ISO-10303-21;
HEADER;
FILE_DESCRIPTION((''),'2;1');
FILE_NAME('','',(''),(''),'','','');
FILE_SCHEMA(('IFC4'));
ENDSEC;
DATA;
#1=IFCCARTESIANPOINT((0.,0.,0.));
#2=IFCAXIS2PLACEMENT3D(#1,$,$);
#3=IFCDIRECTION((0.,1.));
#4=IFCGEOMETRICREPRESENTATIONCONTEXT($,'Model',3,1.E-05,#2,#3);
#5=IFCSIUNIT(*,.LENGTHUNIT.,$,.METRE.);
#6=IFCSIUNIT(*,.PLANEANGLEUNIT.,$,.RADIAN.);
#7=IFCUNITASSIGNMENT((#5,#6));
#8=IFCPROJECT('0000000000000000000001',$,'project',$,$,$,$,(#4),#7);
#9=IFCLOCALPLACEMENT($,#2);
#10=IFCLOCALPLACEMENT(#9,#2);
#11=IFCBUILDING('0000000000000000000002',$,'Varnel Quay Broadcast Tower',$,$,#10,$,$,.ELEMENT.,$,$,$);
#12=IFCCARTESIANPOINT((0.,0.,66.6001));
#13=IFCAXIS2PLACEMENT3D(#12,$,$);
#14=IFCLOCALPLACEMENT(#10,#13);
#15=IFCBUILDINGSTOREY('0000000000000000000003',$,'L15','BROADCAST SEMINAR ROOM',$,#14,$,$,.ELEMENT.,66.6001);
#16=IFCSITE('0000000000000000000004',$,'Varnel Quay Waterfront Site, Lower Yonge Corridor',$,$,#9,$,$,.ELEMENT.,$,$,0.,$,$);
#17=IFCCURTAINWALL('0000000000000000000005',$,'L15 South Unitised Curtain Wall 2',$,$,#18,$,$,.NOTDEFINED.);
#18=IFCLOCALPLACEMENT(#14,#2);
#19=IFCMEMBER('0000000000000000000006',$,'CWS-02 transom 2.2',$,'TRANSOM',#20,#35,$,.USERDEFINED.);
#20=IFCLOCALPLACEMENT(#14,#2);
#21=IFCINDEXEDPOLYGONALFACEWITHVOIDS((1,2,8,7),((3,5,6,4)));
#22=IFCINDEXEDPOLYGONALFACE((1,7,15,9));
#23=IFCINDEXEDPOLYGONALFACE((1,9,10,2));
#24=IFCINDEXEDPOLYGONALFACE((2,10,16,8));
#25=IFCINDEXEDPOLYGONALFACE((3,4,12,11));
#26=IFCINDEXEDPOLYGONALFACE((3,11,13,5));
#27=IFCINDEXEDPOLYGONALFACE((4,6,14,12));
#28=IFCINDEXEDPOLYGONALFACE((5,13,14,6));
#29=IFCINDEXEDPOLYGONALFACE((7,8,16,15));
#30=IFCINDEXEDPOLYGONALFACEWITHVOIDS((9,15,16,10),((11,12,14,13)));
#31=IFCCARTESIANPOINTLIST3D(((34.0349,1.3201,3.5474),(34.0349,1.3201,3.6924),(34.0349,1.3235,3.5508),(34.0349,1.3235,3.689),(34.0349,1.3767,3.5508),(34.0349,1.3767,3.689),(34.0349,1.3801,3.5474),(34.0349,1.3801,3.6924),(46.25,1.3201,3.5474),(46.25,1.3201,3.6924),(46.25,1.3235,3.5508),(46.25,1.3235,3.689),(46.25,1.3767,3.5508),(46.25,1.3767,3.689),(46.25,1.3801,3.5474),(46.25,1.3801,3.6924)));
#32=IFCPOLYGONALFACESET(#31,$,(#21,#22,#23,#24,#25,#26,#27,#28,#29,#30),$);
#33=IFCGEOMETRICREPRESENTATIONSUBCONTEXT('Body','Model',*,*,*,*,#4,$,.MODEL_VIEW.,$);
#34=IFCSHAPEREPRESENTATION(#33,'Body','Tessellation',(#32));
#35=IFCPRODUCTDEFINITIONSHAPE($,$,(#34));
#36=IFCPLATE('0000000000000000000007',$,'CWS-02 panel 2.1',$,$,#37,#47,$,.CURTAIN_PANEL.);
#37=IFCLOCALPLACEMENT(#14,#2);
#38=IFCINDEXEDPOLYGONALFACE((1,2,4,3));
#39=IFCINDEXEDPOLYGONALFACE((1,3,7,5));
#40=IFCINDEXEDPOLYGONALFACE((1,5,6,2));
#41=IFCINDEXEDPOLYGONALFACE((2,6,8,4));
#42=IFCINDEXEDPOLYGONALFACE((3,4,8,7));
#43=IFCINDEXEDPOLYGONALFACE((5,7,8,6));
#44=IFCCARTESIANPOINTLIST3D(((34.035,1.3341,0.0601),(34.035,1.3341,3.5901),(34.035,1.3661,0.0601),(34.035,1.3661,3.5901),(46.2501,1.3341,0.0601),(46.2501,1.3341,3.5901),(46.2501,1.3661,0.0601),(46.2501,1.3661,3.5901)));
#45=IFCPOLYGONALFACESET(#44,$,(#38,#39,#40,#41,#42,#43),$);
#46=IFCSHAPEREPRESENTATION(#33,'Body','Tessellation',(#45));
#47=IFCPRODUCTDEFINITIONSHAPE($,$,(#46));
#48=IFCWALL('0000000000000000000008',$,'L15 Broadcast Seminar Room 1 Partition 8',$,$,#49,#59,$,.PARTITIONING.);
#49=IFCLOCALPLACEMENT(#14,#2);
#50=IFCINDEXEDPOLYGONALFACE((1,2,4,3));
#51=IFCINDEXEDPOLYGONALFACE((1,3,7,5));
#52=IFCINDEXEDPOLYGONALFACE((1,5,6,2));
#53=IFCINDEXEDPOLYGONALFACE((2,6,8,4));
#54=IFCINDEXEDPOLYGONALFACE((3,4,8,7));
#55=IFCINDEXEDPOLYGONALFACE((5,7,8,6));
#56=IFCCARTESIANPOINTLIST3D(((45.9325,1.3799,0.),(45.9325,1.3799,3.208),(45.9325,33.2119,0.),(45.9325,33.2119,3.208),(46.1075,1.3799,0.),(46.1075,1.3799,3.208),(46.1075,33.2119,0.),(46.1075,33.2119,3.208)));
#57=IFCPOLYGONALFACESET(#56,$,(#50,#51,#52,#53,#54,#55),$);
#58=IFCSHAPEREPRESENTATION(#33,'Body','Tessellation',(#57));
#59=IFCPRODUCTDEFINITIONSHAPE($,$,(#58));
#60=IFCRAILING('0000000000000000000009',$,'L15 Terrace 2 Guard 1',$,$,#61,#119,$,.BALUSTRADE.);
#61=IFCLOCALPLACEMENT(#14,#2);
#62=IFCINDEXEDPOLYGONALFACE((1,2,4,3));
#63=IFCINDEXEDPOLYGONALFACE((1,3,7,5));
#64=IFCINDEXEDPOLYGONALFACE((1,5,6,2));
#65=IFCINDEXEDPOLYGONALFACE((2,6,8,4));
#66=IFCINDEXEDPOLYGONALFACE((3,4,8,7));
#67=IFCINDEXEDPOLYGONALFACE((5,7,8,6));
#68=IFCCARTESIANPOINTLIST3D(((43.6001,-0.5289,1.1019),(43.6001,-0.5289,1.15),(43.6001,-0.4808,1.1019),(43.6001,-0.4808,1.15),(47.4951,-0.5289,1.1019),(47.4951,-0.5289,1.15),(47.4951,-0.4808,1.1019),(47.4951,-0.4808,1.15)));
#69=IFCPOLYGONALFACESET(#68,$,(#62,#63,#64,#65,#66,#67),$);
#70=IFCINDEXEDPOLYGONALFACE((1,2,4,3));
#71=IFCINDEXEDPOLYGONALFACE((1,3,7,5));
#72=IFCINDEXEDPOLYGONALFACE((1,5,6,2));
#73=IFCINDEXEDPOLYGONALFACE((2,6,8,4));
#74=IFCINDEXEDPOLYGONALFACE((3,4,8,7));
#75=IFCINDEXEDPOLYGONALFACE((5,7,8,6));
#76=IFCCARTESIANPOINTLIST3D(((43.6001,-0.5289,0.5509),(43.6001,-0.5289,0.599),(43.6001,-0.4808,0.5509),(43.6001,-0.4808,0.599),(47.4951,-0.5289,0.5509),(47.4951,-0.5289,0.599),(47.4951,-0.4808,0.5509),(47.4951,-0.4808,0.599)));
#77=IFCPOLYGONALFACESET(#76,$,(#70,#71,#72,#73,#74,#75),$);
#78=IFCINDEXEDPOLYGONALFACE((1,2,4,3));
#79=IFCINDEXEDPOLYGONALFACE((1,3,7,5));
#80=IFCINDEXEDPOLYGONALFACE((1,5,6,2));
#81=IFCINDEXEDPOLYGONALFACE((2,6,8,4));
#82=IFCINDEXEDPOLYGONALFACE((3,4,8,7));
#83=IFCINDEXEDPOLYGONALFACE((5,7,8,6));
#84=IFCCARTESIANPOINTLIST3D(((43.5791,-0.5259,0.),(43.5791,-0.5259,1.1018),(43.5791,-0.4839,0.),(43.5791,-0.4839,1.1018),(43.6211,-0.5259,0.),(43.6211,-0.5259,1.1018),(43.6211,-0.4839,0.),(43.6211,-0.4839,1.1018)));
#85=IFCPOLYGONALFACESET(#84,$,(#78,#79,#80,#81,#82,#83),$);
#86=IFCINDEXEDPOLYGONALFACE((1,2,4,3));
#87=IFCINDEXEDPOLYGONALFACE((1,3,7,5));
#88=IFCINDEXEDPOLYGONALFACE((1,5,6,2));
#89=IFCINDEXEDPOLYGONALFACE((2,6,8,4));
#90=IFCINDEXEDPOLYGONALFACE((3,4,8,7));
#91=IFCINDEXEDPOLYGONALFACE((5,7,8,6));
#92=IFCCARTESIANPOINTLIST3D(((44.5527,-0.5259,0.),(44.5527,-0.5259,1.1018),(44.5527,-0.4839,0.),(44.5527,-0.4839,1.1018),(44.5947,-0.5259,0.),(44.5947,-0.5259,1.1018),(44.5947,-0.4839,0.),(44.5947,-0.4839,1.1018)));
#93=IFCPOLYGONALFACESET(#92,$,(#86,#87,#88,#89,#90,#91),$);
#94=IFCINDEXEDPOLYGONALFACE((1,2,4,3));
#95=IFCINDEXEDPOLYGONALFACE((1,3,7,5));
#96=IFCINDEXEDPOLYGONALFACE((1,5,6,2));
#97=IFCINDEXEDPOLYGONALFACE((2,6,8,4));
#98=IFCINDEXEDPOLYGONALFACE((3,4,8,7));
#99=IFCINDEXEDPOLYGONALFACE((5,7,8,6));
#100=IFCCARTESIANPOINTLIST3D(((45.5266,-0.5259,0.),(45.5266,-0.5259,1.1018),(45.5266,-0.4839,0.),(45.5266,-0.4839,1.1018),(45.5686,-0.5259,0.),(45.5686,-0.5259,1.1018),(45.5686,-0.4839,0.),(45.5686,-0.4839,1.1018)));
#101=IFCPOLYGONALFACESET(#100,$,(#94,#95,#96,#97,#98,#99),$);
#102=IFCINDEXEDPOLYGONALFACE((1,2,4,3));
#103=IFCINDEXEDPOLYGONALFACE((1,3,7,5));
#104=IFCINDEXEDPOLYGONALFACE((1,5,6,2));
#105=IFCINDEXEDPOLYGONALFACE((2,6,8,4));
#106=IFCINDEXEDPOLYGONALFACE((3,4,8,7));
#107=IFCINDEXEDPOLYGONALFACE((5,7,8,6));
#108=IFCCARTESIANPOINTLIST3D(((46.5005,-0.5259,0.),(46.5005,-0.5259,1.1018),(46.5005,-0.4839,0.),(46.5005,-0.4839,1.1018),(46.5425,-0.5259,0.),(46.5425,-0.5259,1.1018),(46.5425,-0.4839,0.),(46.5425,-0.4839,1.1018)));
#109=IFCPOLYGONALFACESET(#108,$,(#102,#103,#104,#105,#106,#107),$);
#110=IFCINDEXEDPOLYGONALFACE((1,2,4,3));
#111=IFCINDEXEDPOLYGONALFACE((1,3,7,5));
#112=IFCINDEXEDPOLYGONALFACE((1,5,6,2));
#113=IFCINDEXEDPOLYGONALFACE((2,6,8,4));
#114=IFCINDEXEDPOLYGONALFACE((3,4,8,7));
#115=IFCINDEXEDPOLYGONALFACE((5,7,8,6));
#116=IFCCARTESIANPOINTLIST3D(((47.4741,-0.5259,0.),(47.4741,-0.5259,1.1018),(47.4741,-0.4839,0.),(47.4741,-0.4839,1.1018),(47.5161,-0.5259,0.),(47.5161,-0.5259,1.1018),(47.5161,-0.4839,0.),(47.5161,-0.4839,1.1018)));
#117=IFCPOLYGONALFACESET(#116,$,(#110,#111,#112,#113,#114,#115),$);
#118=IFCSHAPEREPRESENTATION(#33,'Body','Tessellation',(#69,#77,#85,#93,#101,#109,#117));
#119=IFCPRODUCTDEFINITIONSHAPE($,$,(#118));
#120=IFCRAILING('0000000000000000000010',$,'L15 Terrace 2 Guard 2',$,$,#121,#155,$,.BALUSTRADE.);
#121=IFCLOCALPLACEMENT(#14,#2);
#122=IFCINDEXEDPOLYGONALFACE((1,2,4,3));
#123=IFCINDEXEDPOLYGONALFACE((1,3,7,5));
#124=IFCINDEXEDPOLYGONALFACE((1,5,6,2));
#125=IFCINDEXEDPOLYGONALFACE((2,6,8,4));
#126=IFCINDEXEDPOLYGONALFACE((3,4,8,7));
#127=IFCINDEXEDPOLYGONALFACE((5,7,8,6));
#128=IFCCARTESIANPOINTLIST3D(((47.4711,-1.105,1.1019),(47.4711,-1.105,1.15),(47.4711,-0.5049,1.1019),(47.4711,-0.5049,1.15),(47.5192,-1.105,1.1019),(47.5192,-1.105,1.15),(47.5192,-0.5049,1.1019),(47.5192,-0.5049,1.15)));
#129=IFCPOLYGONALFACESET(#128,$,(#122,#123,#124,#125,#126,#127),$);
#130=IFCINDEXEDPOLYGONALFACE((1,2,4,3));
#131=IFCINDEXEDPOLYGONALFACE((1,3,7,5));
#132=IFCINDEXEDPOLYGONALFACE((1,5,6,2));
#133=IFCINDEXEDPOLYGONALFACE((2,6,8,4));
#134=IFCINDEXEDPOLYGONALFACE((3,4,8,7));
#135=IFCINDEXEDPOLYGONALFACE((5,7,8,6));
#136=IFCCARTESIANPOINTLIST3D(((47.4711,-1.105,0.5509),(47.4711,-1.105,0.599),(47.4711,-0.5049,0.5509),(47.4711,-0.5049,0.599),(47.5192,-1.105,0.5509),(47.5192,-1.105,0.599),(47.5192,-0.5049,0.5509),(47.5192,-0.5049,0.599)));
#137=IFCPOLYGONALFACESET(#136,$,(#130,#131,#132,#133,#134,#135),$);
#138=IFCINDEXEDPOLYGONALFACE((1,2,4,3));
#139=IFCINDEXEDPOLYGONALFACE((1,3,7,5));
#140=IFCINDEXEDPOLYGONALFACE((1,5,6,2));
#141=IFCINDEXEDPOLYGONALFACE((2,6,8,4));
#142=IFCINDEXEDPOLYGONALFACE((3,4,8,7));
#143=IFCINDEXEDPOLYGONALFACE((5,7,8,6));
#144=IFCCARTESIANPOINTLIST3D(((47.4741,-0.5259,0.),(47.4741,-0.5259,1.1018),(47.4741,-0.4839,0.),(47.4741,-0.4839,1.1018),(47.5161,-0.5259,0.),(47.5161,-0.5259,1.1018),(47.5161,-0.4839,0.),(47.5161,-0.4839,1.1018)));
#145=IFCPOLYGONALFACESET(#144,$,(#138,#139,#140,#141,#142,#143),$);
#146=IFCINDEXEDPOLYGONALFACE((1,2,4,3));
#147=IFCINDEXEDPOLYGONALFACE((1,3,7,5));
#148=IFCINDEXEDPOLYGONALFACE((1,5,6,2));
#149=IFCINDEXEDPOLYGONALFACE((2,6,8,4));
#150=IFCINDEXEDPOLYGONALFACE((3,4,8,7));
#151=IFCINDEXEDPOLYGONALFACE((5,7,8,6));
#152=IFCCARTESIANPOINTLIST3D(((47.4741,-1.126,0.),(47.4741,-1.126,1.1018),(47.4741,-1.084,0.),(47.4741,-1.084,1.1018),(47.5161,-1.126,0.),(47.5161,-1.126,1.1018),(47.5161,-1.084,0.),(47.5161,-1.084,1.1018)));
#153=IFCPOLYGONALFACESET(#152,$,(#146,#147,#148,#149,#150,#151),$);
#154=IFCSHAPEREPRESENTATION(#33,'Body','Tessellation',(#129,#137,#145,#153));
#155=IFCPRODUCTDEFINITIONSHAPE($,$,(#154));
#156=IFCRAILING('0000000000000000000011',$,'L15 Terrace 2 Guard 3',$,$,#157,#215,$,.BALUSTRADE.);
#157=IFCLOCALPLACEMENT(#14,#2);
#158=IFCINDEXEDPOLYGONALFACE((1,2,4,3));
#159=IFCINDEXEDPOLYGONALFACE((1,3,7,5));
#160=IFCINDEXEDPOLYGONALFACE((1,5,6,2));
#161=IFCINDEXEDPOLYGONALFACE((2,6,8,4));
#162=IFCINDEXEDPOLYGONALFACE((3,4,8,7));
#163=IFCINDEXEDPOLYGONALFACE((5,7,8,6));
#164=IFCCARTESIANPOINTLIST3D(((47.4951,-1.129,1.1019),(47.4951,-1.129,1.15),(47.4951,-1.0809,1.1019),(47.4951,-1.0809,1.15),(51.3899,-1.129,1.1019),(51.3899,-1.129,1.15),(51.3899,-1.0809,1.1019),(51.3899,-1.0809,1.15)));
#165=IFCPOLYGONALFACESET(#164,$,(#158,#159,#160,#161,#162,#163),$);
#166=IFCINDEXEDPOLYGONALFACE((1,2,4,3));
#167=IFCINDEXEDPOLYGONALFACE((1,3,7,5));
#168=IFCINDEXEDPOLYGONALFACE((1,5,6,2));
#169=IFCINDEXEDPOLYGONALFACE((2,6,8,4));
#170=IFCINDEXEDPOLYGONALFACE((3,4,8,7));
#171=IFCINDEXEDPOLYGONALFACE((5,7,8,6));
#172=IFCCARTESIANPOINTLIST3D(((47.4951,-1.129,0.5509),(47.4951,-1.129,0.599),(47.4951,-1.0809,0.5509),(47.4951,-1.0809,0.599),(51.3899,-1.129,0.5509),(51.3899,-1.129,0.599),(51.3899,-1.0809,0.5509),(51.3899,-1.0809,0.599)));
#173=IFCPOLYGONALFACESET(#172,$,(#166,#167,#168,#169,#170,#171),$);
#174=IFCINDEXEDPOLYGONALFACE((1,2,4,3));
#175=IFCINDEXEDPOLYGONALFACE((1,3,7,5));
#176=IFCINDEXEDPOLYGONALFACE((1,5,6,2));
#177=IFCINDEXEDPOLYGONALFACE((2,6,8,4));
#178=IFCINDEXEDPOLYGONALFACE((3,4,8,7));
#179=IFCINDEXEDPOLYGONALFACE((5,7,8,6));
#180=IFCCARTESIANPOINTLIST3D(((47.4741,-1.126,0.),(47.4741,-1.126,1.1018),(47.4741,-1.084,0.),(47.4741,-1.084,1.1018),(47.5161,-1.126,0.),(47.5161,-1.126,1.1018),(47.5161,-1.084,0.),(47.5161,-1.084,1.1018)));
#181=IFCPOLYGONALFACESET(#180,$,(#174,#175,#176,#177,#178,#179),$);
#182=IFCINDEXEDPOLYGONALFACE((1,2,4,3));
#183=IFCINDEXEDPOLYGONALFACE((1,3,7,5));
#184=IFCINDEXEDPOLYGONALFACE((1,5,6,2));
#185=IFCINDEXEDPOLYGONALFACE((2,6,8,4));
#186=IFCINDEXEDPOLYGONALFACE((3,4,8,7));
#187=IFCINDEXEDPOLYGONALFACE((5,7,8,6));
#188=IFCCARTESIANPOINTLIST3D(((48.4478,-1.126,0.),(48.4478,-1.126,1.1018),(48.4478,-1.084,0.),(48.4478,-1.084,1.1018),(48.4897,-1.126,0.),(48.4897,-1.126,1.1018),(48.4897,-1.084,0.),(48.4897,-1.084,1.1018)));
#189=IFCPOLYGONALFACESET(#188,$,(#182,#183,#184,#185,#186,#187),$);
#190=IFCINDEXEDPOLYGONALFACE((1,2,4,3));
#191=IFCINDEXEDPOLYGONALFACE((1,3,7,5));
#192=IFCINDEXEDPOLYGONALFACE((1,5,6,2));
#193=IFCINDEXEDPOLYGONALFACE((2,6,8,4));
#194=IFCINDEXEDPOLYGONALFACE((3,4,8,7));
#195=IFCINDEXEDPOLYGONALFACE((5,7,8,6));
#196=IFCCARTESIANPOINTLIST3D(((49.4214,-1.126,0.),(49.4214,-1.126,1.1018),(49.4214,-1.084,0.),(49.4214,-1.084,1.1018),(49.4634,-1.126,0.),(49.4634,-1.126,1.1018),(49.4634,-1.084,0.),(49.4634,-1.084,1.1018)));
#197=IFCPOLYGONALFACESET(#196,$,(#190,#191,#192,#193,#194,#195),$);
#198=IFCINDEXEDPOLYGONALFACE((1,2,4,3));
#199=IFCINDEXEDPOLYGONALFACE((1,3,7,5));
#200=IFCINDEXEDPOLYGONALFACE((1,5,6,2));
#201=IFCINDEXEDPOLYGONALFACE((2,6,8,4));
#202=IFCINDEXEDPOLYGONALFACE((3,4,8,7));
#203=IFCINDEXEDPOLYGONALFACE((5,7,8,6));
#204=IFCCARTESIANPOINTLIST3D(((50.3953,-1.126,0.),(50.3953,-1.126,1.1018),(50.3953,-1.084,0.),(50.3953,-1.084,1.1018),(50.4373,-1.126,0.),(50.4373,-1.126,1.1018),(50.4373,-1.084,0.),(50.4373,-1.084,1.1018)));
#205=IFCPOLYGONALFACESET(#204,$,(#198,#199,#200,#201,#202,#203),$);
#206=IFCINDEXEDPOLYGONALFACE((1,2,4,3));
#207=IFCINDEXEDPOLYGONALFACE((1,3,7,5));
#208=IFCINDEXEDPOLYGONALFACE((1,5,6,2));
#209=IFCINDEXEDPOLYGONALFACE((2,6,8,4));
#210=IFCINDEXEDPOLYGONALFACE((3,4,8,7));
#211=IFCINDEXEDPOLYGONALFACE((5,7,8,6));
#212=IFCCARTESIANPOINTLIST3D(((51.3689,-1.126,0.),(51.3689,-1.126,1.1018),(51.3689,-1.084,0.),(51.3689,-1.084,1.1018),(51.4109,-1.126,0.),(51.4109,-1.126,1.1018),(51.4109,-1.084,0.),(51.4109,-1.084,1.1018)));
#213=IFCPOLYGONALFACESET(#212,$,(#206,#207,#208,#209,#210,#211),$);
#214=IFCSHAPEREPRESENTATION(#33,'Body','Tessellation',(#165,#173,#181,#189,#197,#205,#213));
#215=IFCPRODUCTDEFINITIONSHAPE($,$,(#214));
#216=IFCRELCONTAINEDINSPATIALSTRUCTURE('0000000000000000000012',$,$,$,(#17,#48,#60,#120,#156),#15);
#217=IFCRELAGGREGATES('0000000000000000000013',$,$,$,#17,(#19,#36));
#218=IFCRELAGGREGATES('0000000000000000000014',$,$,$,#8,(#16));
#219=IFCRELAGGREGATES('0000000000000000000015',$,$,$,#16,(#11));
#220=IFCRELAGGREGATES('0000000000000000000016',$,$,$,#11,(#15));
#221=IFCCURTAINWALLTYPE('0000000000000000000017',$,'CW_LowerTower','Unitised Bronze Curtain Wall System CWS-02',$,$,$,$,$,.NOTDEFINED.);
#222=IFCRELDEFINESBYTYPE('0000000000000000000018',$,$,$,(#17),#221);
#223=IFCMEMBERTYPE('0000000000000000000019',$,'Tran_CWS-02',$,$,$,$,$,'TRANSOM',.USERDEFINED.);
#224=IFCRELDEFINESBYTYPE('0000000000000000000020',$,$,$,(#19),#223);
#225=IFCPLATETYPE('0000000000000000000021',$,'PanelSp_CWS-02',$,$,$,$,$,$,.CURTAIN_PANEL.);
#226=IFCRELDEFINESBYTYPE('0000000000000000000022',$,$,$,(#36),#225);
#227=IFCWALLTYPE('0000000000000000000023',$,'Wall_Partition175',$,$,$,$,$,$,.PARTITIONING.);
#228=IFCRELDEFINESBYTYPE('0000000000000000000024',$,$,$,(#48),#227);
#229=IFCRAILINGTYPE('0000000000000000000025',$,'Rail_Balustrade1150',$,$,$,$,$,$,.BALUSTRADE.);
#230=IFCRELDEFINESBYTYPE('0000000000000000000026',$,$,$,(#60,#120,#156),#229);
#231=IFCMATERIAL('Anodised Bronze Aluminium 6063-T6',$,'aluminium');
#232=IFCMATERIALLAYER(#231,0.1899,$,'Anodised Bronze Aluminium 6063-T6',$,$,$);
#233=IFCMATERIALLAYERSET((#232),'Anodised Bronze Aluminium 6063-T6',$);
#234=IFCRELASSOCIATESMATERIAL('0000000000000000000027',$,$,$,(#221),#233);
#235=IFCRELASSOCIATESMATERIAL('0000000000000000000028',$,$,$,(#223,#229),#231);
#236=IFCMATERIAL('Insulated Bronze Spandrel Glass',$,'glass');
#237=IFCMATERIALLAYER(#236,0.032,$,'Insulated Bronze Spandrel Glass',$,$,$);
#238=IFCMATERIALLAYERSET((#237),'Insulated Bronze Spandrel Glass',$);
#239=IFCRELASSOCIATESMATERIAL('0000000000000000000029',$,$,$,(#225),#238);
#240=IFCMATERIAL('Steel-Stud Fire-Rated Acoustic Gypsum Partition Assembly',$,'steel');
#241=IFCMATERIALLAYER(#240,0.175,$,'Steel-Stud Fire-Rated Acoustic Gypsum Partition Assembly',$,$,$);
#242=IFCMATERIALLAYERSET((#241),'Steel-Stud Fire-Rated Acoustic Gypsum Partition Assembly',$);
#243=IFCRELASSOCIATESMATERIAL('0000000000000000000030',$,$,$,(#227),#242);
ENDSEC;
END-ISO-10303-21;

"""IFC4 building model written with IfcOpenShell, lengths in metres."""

from ifc_helpers import new_model, si_unit, direction, frame, frame_2d, origin, origin_2d, place, context, subcontext, project, spatial, rectangle, hollow_rectangle, extrude, source, transform, mapped, material, layer, layer_set, material_profile, profile_set, type_object, type_shapes, element, aggregate, save


model = new_model("IFC4")

# Units and contexts
model_context = context("Model", 3, precision=1e-05, world=origin(), true_north=direction((0.0, 1.0)))
body_context = subcontext(model_context, "Body", "Model", "MODEL_VIEW")
ifc_project = project(units=[si_unit("LENGTHUNIT", "METRE"), si_unit("PLANEANGLEUNIT", "RADIAN")], contexts=[model_context])

# Site, building, storey
site_placement = place(None, origin())
site = spatial("IfcSite", under=ifc_project, at=site_placement, Name="Varnel Quay Waterfront Site, Lower Yonge Corridor", CompositionType="ELEMENT", RefElevation=0.0)
building_placement = place(site_placement, origin())
building = spatial("IfcBuilding", under=site, at=building_placement, Name="Varnel Quay Broadcast Tower", CompositionType="ELEMENT")
storey_placement = place(building_placement, frame((0.0, 0.0, 66.6001)))
storey = spatial("IfcBuildingStorey", under=building, at=storey_placement, Name="L15", Description="BROADCAST SEMINAR ROOM", CompositionType="ELEMENT", Elevation=66.6001)

# Curtain wall, member, plate
ifc_material_1 = material(Name="Anodised Bronze Aluminium 6063-T6", Category="aluminium")
ifc_layer_1 = layer(ifc_material_1, 0.1899, Name="Anodised Bronze Aluminium 6063-T6")
ifc_layer_set_1 = layer_set([ifc_layer_1], Name="Anodised Bronze Aluminium 6063-T6")
curtain_wall_type = type_object("IfcCurtainWallType", Name="CW_LowerTower", Description="Unitised Bronze Curtain Wall System CWS-02", PredefinedType="NOTDEFINED", material=ifc_layer_set_1)
curtain_wall_placement = place(storey_placement, origin())
curtain_wall = element("IfcCurtainWall", 1, at=curtain_wall_placement, inside=storey, type_object=curtain_wall_type, Name="L15 South Unitised Curtain Wall 2", PredefinedType="NOTDEFINED")
ifc_material_profile_1 = material_profile(ifc_material_1, hollow_rectangle(XDim=0.0601, YDim=0.145, WallThickness=0.0034, at=origin_2d()), Name="ALU60X145X3.5")
ifc_profile_set_1 = profile_set([ifc_material_profile_1], Name="Anodised Bronze Aluminium 6063-T6")
member_type_1 = type_object("IfcMemberType", Name="Tran_CWS-02", ElementType="TRANSOM", PredefinedType="USERDEFINED", material=ifc_profile_set_1)
shared_shape_1 = source(origin(), body_context, "Body", "SweptSolid", [
    extrude(hollow_rectangle(XDim=0.0601, YDim=0.145, WallThickness=0.0034, at=origin_2d()), origin(), (0.0, 0.0, 1.0), 12.2151),
])
type_shapes(member_type_1, [shared_shape_1])
member_1_placement = place(storey_placement, frame((34.0349, 1.3501, 3.6199), z_axis=(1.0, 0.0, 0.0), x_axis=(0.0, 1.0, 0.0)))
member_1 = element("IfcMember", 2, at=member_1_placement, type_object=member_type_1, Name="CWS-02 transom 2.2", ObjectType="TRANSOM", PredefinedType="USERDEFINED", context=body_context, shape_type="MappedRepresentation", body=[
    mapped(shared_shape_1, transform((0.0, 0.0, 0.0), x_axis=(1.0, 0.0, 0.0), y_axis=(0.0, 1.0, 0.0), z_axis=(0.0, 0.0, 1.0), scale=1.0)),
])
ifc_material_2 = material(Name="Insulated Bronze Spandrel Glass", Category="glass")
ifc_layer_2 = layer(ifc_material_2, 0.032, Name="Insulated Bronze Spandrel Glass")
ifc_layer_set_2 = layer_set([ifc_layer_2], Name="Insulated Bronze Spandrel Glass")
plate_type = type_object("IfcPlateType", Name="PanelSp_CWS-02", PredefinedType="CURTAIN_PANEL", material=ifc_layer_set_2)
shared_shape_2 = source(origin(), body_context, "Body", "SweptSolid", [
    extrude(rectangle(XDim=12.2151, YDim=0.032, at=origin_2d()), origin(), (0.0, 0.0, 1.0), 3.53),
])
type_shapes(plate_type, [shared_shape_2])
plate_placement = place(storey_placement, frame((40.1426, 1.3501, 0.0601), z_axis=(0.0, 0.0, 1.0), x_axis=(1.0, 0.0, 0.0)))
plate = element("IfcPlate", 3, at=plate_placement, type_object=plate_type, Name="CWS-02 panel 2.1", PredefinedType="CURTAIN_PANEL", context=body_context, shape_type="MappedRepresentation", body=[
    mapped(shared_shape_2, transform((0.0, 0.0, 0.0), x_axis=(1.0, 0.0, 0.0), y_axis=(0.0, 1.0, 0.0), z_axis=(0.0, 0.0, 1.0), scale=1.0)),
])
aggregate(curtain_wall, [member_1, plate])

# Wall
ifc_material_3 = material(Name="Steel-Stud Fire-Rated Acoustic Gypsum Partition Assembly", Category="steel")
ifc_layer_3 = layer(ifc_material_3, 0.175, Name="Steel-Stud Fire-Rated Acoustic Gypsum Partition Assembly")
ifc_layer_set_3 = layer_set([ifc_layer_3], Name="Steel-Stud Fire-Rated Acoustic Gypsum Partition Assembly")
wall_type_1 = type_object("IfcWallType", Name="Wall_Partition175", PredefinedType="PARTITIONING", material=ifc_layer_set_3)
wall_1_placement = place(storey_placement, frame((46.02, 1.3799, 0.0), z_axis=(0.0, 0.0, 1.0), x_axis=(0.0, 1.0, 0.0)))
element("IfcWall", 4, at=wall_1_placement, inside=storey, type_object=wall_type_1, Name="L15 Broadcast Seminar Room 1 Partition 8", PredefinedType="PARTITIONING", context=body_context, shape_type="SweptSolid", body=[
    extrude(rectangle(XDim=31.832, YDim=0.175, at=frame_2d((15.916, 0.0))), origin(), (0.0, 0.0, 1.0), 3.208),
])

# Railings
railing_type = type_object("IfcRailingType", Name="Rail_Balustrade1150", PredefinedType="BALUSTRADE", material=ifc_material_1)
railing_1_placement = place(storey_placement, frame((43.6001, -0.5049, 0.0)))
element("IfcRailing", 5, at=railing_1_placement, inside=storey, type_object=railing_type, Name="L15 Terrace 2 Guard 1", PredefinedType="BALUSTRADE", context=body_context, shape_type="SweptSolid", body=[
    extrude(rectangle(XDim=0.0481, YDim=0.0481, at=origin_2d()), frame((0.0, 0.0, 1.126), z_axis=(1.0, 0.0, 0.0), x_axis=(0.0, 1.0, 0.0)), (0.0, 0.0, 1.0), 3.895),
    extrude(rectangle(XDim=0.0481, YDim=0.0481, at=origin_2d()), frame((0.0, 0.0, 0.575), z_axis=(1.0, 0.0, 0.0), x_axis=(0.0, 1.0, 0.0)), (0.0, 0.0, 1.0), 3.895),
    extrude(rectangle(XDim=0.042, YDim=0.042, at=origin_2d()), origin(), (0.0, 0.0, 1.0), 1.1018),
    extrude(rectangle(XDim=0.042, YDim=0.042, at=origin_2d()), frame((0.9736, 0.0, 0.0)), (0.0, 0.0, 1.0), 1.1018),
    extrude(rectangle(XDim=0.042, YDim=0.042, at=origin_2d()), frame((1.9475, 0.0, 0.0)), (0.0, 0.0, 1.0), 1.1018),
    extrude(rectangle(XDim=0.042, YDim=0.042, at=origin_2d()), frame((2.9214, 0.0, 0.0)), (0.0, 0.0, 1.0), 1.1018),
    extrude(rectangle(XDim=0.042, YDim=0.042, at=origin_2d()), frame((3.895, 0.0, 0.0)), (0.0, 0.0, 1.0), 1.1018),
])
railing_2_placement = place(storey_placement, frame((47.4951, -0.5049, 0.0)))
element("IfcRailing", 6, at=railing_2_placement, inside=storey, type_object=railing_type, Name="L15 Terrace 2 Guard 2", PredefinedType="BALUSTRADE", context=body_context, shape_type="SweptSolid", body=[
    extrude(rectangle(XDim=0.0481, YDim=0.0481, at=origin_2d()), frame((0.0, 0.0, 1.126), z_axis=(0.0, -1.0, 0.0), x_axis=(1.0, 0.0, 0.0)), (0.0, 0.0, 1.0), 0.6001),
    extrude(rectangle(XDim=0.0481, YDim=0.0481, at=origin_2d()), frame((0.0, 0.0, 0.575), z_axis=(0.0, -1.0, 0.0), x_axis=(1.0, 0.0, 0.0)), (0.0, 0.0, 1.0), 0.6001),
    extrude(rectangle(XDim=0.042, YDim=0.042, at=origin_2d()), origin(), (0.0, 0.0, 1.0), 1.1018),
    extrude(rectangle(XDim=0.042, YDim=0.042, at=origin_2d()), frame((0.0, -0.6001, 0.0)), (0.0, 0.0, 1.0), 1.1018),
])
railing_3_placement = place(storey_placement, frame((47.4951, -1.105, 0.0)))
element("IfcRailing", 7, at=railing_3_placement, inside=storey, type_object=railing_type, Name="L15 Terrace 2 Guard 3", PredefinedType="BALUSTRADE", context=body_context, shape_type="SweptSolid", body=[
    extrude(rectangle(XDim=0.0481, YDim=0.0481, at=origin_2d()), frame((0.0, 0.0, 1.126), z_axis=(1.0, 0.0, 0.0), x_axis=(0.0, 1.0, 0.0)), (0.0, 0.0, 1.0), 3.8948),
    extrude(rectangle(XDim=0.0481, YDim=0.0481, at=origin_2d()), frame((0.0, 0.0, 0.575), z_axis=(1.0, 0.0, 0.0), x_axis=(0.0, 1.0, 0.0)), (0.0, 0.0, 1.0), 3.8948),
    extrude(rectangle(XDim=0.042, YDim=0.042, at=origin_2d()), origin(), (0.0, 0.0, 1.0), 1.1018),
    extrude(rectangle(XDim=0.042, YDim=0.042, at=origin_2d()), frame((0.9736, 0.0, 0.0)), (0.0, 0.0, 1.0), 1.1018),
    extrude(rectangle(XDim=0.042, YDim=0.042, at=origin_2d()), frame((1.9473, 0.0, 0.0)), (0.0, 0.0, 1.0), 1.1018),
    extrude(rectangle(XDim=0.042, YDim=0.042, at=origin_2d()), frame((2.9211, 0.0, 0.0)), (0.0, 0.0, 1.0), 1.1018),
    extrude(rectangle(XDim=0.042, YDim=0.042, at=origin_2d()), frame((3.8948, 0.0, 0.0)), (0.0, 0.0, 1.0), 1.1018),
])

save(model, "model.ifc")
